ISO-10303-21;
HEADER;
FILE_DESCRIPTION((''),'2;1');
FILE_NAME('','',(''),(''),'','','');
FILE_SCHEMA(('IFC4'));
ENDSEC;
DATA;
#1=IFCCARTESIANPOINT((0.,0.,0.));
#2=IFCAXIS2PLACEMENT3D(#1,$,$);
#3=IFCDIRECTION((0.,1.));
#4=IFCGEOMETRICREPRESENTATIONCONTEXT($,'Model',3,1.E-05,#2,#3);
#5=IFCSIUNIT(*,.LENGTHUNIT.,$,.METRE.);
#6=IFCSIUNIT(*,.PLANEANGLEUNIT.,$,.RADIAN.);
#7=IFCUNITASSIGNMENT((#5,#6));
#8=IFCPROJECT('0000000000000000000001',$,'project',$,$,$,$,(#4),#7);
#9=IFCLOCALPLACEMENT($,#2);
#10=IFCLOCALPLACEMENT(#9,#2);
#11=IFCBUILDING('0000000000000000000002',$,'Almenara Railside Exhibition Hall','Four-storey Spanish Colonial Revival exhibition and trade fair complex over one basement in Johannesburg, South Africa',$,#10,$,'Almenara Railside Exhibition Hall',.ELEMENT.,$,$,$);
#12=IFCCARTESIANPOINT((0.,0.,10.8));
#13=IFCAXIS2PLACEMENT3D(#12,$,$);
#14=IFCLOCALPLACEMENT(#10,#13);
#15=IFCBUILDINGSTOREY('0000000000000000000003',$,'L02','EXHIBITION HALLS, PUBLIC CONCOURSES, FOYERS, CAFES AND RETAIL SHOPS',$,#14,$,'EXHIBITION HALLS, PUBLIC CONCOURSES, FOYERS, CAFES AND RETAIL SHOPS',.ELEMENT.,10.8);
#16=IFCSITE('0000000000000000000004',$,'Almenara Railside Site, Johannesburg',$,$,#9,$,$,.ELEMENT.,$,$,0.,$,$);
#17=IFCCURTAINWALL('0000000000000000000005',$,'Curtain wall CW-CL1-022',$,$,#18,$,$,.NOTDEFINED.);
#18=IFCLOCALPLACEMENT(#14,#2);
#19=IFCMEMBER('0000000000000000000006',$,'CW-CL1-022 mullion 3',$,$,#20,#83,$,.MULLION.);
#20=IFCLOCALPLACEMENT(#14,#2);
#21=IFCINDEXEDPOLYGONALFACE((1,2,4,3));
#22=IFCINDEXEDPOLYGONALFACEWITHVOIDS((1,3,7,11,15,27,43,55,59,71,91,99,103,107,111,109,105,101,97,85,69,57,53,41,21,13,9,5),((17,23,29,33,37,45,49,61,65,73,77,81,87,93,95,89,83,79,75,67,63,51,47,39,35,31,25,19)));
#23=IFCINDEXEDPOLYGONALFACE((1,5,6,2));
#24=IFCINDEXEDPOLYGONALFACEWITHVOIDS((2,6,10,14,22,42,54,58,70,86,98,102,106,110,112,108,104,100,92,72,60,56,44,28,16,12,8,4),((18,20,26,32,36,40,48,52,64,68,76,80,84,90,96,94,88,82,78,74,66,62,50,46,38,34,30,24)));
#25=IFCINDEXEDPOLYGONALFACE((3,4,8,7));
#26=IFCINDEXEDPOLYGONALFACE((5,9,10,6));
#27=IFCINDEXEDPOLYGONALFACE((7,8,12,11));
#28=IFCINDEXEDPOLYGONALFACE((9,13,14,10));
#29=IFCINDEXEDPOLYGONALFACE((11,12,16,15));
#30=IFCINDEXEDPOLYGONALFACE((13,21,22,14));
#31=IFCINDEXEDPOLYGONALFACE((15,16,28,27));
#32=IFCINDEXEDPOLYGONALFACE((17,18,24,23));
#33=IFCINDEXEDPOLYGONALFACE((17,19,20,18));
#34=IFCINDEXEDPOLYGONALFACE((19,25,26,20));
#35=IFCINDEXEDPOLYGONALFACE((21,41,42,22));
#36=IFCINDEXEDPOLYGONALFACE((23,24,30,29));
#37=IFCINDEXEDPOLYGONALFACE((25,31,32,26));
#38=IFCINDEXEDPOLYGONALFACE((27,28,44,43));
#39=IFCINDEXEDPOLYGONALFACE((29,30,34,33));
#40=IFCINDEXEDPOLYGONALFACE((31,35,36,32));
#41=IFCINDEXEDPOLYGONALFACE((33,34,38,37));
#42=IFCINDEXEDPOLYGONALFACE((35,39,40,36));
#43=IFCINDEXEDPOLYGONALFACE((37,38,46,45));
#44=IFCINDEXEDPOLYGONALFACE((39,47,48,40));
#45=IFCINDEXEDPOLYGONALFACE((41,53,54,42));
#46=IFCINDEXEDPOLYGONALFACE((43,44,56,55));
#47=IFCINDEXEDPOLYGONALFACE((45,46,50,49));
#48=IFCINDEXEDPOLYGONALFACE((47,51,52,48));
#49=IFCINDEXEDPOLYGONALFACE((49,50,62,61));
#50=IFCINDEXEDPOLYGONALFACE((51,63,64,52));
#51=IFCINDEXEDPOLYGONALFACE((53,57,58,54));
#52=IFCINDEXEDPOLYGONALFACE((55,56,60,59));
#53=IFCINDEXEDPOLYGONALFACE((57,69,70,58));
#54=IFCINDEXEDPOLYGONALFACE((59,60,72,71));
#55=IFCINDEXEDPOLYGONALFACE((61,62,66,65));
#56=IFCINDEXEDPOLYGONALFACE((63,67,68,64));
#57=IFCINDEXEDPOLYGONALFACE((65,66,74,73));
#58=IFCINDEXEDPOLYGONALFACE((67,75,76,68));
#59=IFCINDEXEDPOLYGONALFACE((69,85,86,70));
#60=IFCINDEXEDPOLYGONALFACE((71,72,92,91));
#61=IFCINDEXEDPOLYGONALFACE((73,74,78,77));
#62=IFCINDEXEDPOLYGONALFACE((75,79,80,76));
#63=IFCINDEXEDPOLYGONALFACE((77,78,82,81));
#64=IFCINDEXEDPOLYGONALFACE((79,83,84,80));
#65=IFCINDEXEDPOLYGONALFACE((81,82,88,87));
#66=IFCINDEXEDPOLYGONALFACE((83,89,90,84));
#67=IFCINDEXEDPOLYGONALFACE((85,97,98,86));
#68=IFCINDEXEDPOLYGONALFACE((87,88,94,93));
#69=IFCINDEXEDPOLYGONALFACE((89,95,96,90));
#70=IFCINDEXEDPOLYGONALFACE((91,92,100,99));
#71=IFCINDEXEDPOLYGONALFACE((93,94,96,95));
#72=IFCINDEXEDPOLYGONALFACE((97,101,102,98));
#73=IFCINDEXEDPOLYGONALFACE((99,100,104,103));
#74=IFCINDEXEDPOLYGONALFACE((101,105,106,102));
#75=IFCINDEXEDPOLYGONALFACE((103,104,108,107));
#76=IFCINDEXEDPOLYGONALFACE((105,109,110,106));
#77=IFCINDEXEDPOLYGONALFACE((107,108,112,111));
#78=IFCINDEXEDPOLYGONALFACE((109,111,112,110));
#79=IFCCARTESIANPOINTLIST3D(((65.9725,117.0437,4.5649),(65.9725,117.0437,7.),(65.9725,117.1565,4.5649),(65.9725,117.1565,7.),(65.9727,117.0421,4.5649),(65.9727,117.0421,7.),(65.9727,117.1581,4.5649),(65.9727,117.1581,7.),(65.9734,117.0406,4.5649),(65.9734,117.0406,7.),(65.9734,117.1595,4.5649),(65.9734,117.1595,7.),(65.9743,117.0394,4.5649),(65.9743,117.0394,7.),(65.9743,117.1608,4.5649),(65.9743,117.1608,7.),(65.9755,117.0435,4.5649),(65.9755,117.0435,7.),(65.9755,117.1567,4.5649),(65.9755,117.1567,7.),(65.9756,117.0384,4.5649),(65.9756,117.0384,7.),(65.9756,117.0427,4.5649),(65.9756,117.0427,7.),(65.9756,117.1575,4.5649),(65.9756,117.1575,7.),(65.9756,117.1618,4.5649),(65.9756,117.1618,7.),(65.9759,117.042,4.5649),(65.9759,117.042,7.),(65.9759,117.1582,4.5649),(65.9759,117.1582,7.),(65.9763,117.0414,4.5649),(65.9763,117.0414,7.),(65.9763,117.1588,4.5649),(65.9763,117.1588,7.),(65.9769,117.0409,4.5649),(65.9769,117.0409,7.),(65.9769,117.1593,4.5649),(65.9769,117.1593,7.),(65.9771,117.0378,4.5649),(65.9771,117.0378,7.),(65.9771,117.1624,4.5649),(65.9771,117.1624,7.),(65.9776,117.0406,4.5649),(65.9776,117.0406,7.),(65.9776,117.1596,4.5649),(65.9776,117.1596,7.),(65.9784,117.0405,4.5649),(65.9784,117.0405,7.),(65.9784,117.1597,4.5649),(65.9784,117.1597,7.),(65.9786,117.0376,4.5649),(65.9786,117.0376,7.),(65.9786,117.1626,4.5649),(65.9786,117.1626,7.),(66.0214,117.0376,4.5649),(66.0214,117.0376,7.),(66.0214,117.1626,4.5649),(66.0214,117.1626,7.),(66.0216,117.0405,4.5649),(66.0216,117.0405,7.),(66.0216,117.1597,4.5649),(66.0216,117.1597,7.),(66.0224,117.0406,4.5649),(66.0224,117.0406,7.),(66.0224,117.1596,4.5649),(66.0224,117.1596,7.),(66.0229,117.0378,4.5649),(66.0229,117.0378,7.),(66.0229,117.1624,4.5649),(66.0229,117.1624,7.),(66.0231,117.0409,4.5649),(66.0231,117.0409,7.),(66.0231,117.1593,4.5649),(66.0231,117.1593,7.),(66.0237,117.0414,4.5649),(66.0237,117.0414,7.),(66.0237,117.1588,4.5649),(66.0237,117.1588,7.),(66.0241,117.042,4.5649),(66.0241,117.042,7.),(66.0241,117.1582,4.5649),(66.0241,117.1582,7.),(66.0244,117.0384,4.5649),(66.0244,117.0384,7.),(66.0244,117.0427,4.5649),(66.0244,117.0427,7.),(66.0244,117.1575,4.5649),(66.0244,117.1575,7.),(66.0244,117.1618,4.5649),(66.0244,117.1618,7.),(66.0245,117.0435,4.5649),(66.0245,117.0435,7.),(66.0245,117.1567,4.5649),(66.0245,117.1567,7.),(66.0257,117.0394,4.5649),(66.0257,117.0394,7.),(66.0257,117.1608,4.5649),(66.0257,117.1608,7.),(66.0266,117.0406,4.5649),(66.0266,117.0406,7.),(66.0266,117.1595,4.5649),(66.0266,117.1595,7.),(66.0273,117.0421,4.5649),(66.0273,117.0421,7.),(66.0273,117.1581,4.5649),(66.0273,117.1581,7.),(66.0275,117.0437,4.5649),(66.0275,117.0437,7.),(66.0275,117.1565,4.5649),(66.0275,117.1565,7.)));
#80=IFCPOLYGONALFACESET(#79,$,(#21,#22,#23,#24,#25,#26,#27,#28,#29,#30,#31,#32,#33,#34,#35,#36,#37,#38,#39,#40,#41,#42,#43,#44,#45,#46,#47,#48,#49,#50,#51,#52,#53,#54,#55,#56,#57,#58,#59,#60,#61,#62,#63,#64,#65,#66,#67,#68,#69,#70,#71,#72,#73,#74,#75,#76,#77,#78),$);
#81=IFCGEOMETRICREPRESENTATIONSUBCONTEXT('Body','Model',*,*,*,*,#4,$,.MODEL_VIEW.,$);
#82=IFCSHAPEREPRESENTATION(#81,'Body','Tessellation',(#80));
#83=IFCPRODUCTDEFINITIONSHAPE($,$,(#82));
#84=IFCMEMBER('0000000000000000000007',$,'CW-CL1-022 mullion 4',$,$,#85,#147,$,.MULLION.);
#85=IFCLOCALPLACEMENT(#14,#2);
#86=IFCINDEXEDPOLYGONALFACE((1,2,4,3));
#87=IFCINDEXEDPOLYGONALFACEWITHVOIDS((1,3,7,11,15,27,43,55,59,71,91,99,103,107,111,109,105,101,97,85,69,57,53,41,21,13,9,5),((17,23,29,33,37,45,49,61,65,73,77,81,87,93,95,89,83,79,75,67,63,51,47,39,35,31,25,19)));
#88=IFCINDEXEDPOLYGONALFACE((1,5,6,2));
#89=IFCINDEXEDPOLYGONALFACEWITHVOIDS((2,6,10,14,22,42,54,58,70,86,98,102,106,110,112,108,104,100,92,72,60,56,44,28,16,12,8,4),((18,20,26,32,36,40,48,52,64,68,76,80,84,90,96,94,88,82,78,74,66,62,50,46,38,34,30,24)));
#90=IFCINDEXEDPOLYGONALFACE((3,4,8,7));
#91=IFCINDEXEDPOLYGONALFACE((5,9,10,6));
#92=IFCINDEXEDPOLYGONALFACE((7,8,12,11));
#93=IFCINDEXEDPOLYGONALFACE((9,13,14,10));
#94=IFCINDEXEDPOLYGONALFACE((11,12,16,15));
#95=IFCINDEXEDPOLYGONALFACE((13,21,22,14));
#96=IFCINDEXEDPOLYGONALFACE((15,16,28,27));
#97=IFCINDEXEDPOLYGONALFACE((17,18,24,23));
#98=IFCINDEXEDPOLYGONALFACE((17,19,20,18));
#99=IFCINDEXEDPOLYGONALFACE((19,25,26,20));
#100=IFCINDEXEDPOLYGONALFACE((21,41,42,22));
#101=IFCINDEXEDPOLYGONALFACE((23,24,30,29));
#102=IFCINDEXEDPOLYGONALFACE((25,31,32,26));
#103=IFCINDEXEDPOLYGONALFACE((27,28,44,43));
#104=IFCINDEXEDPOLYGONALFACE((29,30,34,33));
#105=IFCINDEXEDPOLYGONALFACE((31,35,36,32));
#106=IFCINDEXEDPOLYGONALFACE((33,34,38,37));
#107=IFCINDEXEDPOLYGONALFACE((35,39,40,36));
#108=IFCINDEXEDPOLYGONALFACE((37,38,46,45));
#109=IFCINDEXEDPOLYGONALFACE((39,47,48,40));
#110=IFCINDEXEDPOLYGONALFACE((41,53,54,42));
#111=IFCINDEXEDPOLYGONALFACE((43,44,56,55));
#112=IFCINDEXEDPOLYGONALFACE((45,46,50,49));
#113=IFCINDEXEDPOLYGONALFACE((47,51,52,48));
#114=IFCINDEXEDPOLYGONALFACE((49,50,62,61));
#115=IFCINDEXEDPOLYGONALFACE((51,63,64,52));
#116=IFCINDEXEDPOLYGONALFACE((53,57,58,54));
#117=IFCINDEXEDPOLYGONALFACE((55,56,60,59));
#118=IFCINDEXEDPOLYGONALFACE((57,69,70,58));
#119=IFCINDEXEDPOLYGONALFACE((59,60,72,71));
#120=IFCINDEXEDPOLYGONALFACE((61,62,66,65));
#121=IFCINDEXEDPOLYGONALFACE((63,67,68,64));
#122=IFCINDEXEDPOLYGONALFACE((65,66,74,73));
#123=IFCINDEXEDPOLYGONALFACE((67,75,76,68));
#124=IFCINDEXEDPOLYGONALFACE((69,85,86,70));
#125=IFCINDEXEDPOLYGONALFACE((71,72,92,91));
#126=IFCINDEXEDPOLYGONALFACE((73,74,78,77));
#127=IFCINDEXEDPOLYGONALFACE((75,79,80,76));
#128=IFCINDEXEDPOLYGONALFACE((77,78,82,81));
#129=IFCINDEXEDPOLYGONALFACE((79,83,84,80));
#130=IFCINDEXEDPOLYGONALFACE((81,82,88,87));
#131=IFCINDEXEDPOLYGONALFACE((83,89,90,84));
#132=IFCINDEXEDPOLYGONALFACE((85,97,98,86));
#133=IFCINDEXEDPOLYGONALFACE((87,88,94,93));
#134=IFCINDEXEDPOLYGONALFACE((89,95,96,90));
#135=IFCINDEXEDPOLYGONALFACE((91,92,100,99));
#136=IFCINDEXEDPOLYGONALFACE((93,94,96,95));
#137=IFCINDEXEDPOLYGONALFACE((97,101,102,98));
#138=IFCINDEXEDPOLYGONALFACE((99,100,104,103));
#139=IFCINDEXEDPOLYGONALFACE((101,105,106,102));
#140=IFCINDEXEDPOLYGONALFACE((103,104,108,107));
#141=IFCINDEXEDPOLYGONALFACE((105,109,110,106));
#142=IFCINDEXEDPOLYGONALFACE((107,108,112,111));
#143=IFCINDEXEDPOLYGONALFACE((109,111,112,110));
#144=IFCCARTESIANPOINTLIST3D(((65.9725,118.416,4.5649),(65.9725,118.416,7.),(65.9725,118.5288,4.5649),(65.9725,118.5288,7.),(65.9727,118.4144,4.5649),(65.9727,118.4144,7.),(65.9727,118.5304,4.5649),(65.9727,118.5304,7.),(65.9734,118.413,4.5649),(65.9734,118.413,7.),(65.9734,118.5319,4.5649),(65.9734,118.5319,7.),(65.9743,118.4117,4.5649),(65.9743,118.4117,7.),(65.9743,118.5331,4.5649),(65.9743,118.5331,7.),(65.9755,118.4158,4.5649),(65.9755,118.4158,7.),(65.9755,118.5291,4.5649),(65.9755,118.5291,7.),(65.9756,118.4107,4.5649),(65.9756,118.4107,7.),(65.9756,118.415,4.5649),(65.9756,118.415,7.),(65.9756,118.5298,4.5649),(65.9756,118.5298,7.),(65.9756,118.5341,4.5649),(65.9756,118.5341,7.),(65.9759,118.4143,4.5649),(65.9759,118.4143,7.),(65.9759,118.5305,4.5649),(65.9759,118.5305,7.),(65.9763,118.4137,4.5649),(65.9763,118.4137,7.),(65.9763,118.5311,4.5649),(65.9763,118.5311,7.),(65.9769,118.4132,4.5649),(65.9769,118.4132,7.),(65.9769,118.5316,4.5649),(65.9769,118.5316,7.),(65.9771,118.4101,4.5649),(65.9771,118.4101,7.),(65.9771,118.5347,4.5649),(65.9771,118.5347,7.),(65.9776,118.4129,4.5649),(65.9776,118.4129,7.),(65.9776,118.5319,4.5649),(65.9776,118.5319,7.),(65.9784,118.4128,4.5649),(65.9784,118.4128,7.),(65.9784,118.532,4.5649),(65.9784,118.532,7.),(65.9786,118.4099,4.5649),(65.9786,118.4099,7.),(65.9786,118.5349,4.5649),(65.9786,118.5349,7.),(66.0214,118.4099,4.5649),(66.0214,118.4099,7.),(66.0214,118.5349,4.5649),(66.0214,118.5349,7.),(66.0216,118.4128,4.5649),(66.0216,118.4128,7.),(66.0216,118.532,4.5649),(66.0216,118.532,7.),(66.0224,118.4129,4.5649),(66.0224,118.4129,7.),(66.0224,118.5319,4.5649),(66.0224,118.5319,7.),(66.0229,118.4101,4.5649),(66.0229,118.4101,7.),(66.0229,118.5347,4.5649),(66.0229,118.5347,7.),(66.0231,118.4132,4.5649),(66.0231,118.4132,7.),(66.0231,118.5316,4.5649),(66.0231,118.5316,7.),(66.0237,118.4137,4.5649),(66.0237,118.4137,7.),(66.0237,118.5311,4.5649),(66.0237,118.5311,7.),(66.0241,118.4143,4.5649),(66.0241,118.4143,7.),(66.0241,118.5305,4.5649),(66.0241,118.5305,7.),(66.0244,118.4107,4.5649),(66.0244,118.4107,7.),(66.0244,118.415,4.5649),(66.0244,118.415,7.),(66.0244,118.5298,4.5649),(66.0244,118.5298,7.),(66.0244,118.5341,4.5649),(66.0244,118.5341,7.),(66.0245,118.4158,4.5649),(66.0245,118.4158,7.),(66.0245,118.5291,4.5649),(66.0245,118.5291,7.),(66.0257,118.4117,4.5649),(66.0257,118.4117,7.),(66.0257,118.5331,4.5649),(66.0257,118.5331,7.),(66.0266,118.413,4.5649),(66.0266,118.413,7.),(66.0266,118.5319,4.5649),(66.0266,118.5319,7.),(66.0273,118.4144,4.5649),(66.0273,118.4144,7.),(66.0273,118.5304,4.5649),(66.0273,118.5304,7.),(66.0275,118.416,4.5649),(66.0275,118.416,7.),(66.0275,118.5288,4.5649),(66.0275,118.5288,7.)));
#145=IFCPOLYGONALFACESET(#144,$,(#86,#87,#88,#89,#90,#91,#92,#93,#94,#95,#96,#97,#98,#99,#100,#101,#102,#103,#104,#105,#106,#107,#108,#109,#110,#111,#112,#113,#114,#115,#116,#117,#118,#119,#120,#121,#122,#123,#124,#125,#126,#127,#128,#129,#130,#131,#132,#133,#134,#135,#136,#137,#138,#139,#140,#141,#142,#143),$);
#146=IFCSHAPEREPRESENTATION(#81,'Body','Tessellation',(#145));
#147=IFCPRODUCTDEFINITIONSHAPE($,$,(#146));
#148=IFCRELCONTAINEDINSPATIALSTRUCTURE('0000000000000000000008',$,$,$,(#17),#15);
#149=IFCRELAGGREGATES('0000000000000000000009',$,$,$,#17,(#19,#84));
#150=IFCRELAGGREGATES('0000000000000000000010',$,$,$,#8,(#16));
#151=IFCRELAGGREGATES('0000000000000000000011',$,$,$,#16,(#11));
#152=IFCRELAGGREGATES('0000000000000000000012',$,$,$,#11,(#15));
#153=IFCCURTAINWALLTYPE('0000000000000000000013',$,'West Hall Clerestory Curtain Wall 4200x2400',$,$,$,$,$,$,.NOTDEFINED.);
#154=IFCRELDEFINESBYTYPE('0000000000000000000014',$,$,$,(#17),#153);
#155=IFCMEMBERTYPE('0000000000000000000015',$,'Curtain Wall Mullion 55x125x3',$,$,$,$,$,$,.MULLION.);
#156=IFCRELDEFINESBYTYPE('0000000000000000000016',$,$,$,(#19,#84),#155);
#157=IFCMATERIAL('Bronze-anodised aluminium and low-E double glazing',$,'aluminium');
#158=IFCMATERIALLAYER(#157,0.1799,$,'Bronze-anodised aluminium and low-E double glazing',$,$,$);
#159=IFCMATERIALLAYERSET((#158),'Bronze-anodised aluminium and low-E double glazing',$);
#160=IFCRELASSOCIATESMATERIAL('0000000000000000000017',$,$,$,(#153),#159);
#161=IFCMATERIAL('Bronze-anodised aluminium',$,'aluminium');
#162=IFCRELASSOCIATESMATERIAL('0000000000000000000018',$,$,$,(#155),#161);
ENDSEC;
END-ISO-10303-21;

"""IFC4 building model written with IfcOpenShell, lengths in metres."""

from ifc_helpers import new_model, si_unit, direction, frame, origin, origin_2d, place, context, subcontext, project, spatial, hollow_rectangle, extrude, material, layer, layer_set, material_profile, profile_set, type_object, element, aggregate, save


model = new_model("IFC4")

# Units and contexts
model_context = context("Model", 3, precision=1e-05, world=origin(), true_north=direction((0.0, 1.0)))
body_context = subcontext(model_context, "Body", "Model", "MODEL_VIEW")
ifc_project = project(units=[si_unit("LENGTHUNIT", "METRE"), si_unit("PLANEANGLEUNIT", "RADIAN")], contexts=[model_context])

# Site, building, storey
site_placement = place(None, origin())
site = spatial("IfcSite", under=ifc_project, at=site_placement, Name="Almenara Railside Site, Johannesburg", CompositionType="ELEMENT", RefElevation=0.0)
building_placement = place(site_placement, origin())
building = spatial("IfcBuilding", under=site, at=building_placement, Name="Almenara Railside Exhibition Hall", Description="Four-storey Spanish Colonial Revival exhibition and trade fair complex over one basement in Johannesburg, South Africa", LongName="Almenara Railside Exhibition Hall", CompositionType="ELEMENT")
storey_placement = place(building_placement, frame((0.0, 0.0, 10.8)))
storey = spatial("IfcBuildingStorey", under=building, at=storey_placement, Name="L02", Description="EXHIBITION HALLS, PUBLIC CONCOURSES, FOYERS, CAFES AND RETAIL SHOPS", LongName="EXHIBITION HALLS, PUBLIC CONCOURSES, FOYERS, CAFES AND RETAIL SHOPS", CompositionType="ELEMENT", Elevation=10.8)

# Curtain wall, members
ifc_material_1 = material(Name="Bronze-anodised aluminium and low-E double glazing", Category="aluminium")
ifc_layer_1 = layer(ifc_material_1, 0.1799, Name="Bronze-anodised aluminium and low-E double glazing")
ifc_layer_set_1 = layer_set([ifc_layer_1], Name="Bronze-anodised aluminium and low-E double glazing")
curtain_wall_type = type_object("IfcCurtainWallType", Name="West Hall Clerestory Curtain Wall 4200x2400", PredefinedType="NOTDEFINED", material=ifc_layer_set_1)
curtain_wall_1_placement = place(storey_placement, origin())
curtain_wall_1 = element("IfcCurtainWall", 1, at=curtain_wall_1_placement, inside=storey, type_object=curtain_wall_type, Name="Curtain wall CW-CL1-022", PredefinedType="NOTDEFINED")
ifc_material_2 = material(Name="Bronze-anodised aluminium", Category="aluminium")
ifc_material_profile_1 = material_profile(ifc_material_2, hollow_rectangle(XDim=0.0549, YDim=0.125, WallThickness=0.0029, InnerFilletRadius=0.0029, OuterFilletRadius=0.0061, at=origin_2d()), Name="ALU-MUL 55x125x3")
ifc_profile_set_1 = profile_set([ifc_material_profile_1], Name="Bronze-anodised aluminium")
member_type_1 = type_object("IfcMemberType", Name="Curtain Wall Mullion 55x125x3", PredefinedType="MULLION", material=ifc_profile_set_1)
member_1_placement = place(storey_placement, frame((66.0, 117.1001, 4.5649), z_axis=(0.0, 0.0, 1.0), x_axis=(-1.0, 0.0, 0.0)))
member_1 = element("IfcMember", 2, at=member_1_placement, type_object=member_type_1, Name="CW-CL1-022 mullion 3", PredefinedType="MULLION", context=body_context, shape_type="SweptSolid", body=[
    extrude(hollow_rectangle(XDim=0.0549, YDim=0.125, WallThickness=0.0029, InnerFilletRadius=0.0029, OuterFilletRadius=0.0061, at=origin_2d()), origin(), (0.0, 0.0, 1.0), 2.4351),
])
member_2_placement = place(storey_placement, frame((66.0, 118.4724, 4.5649), z_axis=(0.0, 0.0, 1.0), x_axis=(-1.0, 0.0, 0.0)))
member_2 = element("IfcMember", 3, at=member_2_placement, type_object=member_type_1, Name="CW-CL1-022 mullion 4", PredefinedType="MULLION", context=body_context, shape_type="SweptSolid", body=[
    extrude(hollow_rectangle(XDim=0.0549, YDim=0.125, WallThickness=0.0029, InnerFilletRadius=0.0029, OuterFilletRadius=0.0061, at=origin_2d()), origin(), (0.0, 0.0, 1.0), 2.4351),
])

aggregate(curtain_wall_1, [member_1, member_2])

save(model, "model.ifc")
